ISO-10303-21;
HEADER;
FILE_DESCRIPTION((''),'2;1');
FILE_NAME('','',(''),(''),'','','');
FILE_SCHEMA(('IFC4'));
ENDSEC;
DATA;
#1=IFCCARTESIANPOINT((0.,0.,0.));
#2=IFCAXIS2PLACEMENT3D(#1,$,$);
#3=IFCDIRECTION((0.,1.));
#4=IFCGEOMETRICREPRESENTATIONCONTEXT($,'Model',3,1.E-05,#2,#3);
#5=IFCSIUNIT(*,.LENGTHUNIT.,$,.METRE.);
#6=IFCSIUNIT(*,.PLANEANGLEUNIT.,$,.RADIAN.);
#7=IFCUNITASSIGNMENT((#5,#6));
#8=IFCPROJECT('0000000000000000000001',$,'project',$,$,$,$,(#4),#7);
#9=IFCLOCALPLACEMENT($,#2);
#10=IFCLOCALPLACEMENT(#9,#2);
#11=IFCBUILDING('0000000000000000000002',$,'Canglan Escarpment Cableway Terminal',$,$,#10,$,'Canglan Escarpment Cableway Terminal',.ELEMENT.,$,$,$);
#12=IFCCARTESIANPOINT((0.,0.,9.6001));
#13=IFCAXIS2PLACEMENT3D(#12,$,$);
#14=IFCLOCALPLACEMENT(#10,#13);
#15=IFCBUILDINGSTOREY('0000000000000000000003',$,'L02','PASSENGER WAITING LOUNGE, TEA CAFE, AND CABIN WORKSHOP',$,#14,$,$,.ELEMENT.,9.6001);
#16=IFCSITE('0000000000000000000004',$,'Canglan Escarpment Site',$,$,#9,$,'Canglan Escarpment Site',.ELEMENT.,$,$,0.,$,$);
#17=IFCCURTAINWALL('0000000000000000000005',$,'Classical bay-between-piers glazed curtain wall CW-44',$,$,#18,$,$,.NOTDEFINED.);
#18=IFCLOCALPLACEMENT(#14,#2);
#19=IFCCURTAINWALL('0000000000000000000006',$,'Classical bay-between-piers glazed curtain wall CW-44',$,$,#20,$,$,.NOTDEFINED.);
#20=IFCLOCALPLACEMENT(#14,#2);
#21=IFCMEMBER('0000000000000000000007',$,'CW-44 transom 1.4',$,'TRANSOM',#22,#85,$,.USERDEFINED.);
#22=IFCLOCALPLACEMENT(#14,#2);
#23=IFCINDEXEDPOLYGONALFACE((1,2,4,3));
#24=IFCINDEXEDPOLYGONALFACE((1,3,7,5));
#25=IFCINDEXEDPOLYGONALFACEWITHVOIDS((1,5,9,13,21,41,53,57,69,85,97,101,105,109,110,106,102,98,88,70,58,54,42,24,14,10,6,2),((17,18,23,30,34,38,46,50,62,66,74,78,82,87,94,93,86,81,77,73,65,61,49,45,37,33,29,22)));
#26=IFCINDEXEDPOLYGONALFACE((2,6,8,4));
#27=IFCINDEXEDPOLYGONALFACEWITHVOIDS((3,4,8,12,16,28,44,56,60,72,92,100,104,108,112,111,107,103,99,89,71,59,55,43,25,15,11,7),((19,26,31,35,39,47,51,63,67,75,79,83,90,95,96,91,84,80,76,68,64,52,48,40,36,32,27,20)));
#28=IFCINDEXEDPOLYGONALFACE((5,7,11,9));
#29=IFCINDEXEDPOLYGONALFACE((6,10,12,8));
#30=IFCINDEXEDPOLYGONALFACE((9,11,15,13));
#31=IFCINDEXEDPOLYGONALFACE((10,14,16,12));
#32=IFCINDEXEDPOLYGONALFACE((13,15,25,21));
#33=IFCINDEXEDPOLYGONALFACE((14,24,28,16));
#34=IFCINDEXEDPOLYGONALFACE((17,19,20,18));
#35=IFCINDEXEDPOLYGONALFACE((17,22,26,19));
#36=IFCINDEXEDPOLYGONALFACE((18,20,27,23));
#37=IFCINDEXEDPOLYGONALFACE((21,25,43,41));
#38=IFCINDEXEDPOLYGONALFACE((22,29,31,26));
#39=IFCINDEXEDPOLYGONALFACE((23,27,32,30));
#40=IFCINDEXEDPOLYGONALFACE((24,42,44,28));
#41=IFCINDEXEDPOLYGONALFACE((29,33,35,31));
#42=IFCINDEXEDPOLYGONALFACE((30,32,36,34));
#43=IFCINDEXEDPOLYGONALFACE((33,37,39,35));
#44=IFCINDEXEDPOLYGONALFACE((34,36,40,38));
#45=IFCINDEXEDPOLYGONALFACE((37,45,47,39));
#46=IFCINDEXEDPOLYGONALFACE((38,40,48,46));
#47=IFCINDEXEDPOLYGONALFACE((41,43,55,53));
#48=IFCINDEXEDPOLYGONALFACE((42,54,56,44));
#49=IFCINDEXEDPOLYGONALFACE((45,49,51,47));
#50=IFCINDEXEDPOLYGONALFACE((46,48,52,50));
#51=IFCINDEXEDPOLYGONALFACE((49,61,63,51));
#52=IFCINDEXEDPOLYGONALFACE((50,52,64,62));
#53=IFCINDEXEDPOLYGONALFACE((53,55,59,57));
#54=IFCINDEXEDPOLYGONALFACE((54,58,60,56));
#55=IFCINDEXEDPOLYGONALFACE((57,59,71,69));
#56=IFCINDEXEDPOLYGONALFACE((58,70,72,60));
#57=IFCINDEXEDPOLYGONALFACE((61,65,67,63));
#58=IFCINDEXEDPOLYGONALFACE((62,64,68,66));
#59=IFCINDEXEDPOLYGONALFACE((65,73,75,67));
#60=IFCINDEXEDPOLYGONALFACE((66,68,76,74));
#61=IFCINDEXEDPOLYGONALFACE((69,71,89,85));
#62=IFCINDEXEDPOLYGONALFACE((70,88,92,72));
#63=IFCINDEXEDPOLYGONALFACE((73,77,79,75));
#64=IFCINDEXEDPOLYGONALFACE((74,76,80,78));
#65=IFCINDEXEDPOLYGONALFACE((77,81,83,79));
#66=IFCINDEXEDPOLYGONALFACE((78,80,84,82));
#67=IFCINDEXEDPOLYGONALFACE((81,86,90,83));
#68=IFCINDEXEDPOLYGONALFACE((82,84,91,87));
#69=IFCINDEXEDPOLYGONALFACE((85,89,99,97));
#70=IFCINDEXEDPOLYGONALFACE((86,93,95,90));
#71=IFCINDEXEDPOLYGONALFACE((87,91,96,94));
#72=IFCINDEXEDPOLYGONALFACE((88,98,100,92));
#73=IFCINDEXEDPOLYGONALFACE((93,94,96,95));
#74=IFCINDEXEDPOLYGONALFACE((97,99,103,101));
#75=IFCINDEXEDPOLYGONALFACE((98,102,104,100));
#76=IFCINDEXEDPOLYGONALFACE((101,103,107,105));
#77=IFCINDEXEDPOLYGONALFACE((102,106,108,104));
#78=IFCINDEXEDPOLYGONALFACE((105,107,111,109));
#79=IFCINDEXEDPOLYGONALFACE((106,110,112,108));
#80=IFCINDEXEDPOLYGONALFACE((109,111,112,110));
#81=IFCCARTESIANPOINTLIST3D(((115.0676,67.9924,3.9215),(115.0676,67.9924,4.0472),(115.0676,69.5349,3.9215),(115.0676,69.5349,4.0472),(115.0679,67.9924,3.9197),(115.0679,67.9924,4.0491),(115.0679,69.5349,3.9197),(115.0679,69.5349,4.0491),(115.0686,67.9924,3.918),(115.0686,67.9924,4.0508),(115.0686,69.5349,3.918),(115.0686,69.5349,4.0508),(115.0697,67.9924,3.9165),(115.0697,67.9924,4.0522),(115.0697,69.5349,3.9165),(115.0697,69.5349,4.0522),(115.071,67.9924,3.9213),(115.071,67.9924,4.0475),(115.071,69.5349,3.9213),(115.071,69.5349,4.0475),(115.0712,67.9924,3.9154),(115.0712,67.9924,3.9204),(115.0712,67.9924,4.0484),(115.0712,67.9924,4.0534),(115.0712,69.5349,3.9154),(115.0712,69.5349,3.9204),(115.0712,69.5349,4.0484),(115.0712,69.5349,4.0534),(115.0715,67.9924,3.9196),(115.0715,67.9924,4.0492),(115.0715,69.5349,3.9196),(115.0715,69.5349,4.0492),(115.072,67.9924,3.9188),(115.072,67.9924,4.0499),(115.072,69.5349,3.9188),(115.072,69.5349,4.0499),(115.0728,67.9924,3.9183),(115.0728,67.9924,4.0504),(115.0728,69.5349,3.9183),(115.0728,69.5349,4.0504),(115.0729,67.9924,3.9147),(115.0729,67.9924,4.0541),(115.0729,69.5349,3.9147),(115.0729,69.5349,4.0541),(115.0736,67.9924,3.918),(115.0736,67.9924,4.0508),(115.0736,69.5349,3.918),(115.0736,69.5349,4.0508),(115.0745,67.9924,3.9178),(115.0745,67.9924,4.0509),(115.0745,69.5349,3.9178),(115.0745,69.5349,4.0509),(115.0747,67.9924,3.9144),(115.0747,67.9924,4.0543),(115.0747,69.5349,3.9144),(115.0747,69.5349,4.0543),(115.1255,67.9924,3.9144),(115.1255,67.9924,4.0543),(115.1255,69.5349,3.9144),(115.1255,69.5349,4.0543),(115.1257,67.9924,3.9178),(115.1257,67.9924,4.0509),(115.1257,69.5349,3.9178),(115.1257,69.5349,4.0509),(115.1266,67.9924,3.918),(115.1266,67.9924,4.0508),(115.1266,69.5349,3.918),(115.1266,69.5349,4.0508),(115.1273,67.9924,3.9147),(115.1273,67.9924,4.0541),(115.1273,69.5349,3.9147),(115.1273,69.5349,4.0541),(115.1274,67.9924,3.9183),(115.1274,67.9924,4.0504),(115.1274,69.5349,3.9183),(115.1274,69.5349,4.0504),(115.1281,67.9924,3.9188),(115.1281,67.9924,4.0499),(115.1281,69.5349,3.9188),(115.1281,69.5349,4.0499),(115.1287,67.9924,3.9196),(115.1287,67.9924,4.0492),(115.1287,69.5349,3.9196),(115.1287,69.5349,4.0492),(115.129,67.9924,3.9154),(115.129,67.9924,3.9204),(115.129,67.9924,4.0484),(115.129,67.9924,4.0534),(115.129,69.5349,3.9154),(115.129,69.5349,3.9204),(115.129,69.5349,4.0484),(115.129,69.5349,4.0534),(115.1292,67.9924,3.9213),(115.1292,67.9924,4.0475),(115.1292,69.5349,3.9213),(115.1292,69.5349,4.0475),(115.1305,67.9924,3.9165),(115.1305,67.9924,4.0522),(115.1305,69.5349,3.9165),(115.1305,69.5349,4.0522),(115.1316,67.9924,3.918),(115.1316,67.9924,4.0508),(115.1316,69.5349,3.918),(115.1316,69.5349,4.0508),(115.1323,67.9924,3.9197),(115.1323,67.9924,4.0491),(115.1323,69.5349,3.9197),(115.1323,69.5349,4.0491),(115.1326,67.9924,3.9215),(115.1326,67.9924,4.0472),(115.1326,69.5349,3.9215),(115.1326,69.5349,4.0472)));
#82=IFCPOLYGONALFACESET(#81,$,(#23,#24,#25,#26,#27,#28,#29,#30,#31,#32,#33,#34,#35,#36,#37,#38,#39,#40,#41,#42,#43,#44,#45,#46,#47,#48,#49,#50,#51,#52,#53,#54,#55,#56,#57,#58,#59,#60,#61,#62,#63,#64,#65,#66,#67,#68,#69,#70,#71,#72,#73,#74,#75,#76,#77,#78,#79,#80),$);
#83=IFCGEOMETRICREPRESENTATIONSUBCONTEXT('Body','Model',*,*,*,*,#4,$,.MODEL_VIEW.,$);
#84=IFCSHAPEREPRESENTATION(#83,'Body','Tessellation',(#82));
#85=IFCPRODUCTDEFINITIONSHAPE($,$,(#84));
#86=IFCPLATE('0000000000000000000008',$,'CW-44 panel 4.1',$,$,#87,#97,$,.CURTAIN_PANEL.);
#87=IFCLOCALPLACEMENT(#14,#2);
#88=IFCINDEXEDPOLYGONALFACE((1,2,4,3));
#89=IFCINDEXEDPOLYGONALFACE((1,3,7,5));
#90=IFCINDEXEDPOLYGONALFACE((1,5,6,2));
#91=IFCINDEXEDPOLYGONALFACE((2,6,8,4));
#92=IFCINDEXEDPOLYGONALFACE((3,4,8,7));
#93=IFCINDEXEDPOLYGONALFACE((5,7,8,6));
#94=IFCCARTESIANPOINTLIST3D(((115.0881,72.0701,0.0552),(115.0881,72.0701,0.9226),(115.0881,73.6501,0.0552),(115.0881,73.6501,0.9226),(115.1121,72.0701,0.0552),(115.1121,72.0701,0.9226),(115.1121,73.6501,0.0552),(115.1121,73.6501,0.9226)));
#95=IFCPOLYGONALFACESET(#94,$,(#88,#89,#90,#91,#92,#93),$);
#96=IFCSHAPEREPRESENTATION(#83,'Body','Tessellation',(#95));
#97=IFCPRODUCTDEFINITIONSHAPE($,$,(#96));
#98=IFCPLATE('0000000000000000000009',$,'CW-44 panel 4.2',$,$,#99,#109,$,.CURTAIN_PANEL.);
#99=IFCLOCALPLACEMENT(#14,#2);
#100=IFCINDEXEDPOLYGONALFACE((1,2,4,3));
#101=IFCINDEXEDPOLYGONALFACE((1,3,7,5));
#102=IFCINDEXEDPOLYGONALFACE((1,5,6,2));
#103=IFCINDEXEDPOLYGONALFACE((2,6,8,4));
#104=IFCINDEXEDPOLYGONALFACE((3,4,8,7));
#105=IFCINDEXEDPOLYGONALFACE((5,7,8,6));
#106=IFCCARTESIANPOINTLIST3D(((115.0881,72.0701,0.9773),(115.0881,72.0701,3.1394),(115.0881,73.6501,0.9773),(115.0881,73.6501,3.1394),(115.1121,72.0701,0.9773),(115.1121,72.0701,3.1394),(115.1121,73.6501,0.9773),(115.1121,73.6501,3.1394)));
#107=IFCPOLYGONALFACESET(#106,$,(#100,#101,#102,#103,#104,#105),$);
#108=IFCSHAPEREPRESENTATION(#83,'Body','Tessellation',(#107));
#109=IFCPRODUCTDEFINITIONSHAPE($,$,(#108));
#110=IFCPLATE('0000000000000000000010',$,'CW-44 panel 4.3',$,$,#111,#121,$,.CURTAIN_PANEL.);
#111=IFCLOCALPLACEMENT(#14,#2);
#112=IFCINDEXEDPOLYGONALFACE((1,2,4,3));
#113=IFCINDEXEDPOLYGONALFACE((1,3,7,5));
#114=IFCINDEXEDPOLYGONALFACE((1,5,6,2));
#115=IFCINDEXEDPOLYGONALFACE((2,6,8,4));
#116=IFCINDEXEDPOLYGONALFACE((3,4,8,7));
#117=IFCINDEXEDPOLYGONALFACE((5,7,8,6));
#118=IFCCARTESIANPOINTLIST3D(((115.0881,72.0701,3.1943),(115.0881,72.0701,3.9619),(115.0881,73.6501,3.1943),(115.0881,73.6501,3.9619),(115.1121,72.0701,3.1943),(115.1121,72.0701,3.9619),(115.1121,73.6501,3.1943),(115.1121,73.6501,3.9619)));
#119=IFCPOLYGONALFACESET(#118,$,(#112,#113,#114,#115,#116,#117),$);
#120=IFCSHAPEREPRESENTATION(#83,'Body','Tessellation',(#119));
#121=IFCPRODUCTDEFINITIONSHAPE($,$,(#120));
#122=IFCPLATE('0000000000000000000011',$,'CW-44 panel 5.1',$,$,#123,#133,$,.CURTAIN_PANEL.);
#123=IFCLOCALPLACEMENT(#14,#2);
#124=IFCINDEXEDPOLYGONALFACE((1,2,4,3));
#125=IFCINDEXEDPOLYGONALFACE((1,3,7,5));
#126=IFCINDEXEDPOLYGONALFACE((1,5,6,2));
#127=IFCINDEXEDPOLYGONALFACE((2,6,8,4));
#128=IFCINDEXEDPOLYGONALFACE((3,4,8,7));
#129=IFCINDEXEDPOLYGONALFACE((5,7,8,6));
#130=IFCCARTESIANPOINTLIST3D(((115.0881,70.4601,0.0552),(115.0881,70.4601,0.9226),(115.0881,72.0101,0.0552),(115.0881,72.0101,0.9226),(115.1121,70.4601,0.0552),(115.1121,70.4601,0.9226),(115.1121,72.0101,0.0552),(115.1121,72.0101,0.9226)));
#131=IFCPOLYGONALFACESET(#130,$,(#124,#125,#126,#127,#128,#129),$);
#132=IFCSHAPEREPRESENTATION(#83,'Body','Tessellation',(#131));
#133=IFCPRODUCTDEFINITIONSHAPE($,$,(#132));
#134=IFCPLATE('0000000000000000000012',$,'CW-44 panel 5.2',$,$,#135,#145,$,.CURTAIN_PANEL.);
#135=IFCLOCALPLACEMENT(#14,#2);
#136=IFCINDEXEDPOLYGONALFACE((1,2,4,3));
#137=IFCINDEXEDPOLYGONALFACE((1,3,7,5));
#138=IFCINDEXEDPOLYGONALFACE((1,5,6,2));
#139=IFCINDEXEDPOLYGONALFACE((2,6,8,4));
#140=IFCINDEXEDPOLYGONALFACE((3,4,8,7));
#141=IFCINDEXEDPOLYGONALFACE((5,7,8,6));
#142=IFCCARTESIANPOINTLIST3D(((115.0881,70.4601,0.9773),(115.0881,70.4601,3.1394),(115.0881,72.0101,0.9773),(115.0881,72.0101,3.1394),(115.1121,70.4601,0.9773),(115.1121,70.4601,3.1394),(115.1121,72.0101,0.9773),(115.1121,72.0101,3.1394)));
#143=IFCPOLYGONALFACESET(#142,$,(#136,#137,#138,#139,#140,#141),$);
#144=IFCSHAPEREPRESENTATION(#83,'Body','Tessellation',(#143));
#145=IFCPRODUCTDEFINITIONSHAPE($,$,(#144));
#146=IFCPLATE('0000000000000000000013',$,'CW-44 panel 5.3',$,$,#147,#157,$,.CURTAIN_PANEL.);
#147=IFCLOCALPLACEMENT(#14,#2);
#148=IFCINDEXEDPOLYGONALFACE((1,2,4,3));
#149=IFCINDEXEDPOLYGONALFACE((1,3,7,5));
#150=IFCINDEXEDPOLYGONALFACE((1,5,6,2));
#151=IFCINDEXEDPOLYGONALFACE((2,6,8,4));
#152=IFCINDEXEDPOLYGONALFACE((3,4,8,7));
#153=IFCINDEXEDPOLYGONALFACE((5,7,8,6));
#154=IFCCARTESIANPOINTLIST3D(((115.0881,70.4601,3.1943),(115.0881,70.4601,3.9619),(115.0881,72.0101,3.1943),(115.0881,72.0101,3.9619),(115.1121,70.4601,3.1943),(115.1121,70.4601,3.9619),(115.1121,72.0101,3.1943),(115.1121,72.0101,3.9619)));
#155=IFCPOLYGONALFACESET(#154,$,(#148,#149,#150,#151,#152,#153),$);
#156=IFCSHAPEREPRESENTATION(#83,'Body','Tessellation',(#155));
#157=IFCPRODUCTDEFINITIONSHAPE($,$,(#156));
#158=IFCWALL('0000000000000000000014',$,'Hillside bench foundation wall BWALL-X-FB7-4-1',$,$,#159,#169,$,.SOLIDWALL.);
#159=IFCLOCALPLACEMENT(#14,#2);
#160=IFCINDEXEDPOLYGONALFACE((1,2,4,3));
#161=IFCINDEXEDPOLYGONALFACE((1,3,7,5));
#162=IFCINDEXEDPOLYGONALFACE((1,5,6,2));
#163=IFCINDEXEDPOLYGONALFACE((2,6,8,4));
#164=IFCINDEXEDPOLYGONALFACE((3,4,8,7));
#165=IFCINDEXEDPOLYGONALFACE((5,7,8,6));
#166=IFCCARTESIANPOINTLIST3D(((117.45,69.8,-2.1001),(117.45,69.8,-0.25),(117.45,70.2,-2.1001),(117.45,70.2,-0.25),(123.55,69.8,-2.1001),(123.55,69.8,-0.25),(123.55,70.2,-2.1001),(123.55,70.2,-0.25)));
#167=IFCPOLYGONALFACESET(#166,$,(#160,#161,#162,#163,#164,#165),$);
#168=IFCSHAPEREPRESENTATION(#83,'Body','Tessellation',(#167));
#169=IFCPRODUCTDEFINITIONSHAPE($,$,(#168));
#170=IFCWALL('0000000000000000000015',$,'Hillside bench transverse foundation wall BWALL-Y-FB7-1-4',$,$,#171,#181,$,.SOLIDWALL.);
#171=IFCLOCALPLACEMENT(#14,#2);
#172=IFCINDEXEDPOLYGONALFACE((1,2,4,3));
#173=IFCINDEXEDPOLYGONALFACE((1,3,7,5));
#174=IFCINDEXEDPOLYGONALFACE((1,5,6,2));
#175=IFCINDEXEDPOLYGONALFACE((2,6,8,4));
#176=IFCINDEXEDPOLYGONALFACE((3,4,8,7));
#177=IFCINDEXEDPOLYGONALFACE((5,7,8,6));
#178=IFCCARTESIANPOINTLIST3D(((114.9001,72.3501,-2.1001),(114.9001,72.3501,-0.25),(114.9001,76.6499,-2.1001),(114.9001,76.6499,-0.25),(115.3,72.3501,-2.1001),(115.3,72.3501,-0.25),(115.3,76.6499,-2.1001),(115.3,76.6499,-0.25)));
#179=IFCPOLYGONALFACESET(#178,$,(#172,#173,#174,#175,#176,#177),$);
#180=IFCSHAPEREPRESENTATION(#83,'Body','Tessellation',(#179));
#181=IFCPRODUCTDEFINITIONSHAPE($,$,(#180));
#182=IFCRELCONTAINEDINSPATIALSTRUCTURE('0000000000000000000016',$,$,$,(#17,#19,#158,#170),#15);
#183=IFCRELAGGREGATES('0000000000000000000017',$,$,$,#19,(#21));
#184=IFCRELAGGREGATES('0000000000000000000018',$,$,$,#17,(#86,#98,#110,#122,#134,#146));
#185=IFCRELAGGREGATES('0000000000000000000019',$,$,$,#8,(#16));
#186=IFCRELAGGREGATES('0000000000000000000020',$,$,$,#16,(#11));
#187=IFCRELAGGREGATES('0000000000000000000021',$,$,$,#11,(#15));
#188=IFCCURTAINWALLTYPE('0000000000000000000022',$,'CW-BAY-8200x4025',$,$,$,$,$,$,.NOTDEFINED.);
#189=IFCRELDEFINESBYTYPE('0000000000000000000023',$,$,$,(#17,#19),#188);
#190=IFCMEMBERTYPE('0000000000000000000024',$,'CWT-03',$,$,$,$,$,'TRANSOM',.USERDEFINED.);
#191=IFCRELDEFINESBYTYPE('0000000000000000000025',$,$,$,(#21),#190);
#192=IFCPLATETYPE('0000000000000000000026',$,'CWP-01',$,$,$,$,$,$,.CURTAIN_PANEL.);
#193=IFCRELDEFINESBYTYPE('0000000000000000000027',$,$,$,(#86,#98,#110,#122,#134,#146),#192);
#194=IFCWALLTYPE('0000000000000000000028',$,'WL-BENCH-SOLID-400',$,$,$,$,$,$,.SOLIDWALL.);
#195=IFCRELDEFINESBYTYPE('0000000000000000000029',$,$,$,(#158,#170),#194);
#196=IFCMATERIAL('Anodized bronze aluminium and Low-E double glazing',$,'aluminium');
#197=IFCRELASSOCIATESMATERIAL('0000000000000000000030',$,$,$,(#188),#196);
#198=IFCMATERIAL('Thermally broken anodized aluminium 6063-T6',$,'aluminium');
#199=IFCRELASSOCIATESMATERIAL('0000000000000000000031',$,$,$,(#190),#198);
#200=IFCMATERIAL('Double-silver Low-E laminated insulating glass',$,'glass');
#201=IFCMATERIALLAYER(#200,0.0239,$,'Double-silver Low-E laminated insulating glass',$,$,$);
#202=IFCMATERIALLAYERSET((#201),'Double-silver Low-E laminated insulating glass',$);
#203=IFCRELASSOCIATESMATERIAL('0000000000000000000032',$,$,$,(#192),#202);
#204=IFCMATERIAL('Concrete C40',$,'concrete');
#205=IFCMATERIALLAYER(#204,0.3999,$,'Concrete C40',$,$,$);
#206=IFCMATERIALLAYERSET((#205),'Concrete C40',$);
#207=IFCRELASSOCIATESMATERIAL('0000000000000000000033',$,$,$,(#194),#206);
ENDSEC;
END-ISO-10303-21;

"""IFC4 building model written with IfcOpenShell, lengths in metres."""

from ifc_helpers import new_model, si_unit, direction, frame, frame_2d, origin, origin_2d, place, context, subcontext, project, spatial, rectangle, hollow_rectangle, extrude, material, layer, layer_set, material_profile, profile_set, type_object, element, aggregate, save


model = new_model("IFC4")

# Units and contexts
model_context = context("Model", 3, precision=1e-05, world=origin(), true_north=direction((0.0, 1.0)))
body_context = subcontext(model_context, "Body", "Model", "MODEL_VIEW")
ifc_project = project(units=[si_unit("LENGTHUNIT", "METRE"), si_unit("PLANEANGLEUNIT", "RADIAN")], contexts=[model_context])

# Site, building, storey
site_placement = place(None, origin())
site = spatial("IfcSite", under=ifc_project, at=site_placement, Name="Canglan Escarpment Site", LongName="Canglan Escarpment Site", CompositionType="ELEMENT", RefElevation=0.0)
building_placement = place(site_placement, origin())
building = spatial("IfcBuilding", under=site, at=building_placement, Name="Canglan Escarpment Cableway Terminal", LongName="Canglan Escarpment Cableway Terminal", CompositionType="ELEMENT")
storey_placement = place(building_placement, frame((0.0, 0.0, 9.6001)))
storey = spatial("IfcBuildingStorey", under=building, at=storey_placement, Name="L02", Description="PASSENGER WAITING LOUNGE, TEA CAFE, AND CABIN WORKSHOP", CompositionType="ELEMENT", Elevation=9.6001)

# Shared definitions
ifc_material_1 = material(Name="Concrete C40", Category="concrete")

# Curtain wall
ifc_material_2 = material(Name="Anodized bronze aluminium and Low-E double glazing", Category="aluminium")
curtain_wall_type = type_object("IfcCurtainWallType", Name="CW-BAY-8200x4025", PredefinedType="NOTDEFINED", material=ifc_material_2)
curtain_wall_1_placement = place(storey_placement, origin())
curtain_wall_1 = element("IfcCurtainWall", 1, at=curtain_wall_1_placement, inside=storey, type_object=curtain_wall_type, Name="Classical bay-between-piers glazed curtain wall CW-44", PredefinedType="NOTDEFINED")
ifc_material_3 = material(Name="Thermally broken anodized aluminium 6063-T6", Category="aluminium")

# Curtain wall
curtain_wall_2_placement = place(storey_placement, origin())
curtain_wall_2 = element("IfcCurtainWall", 2, at=curtain_wall_2_placement, inside=storey, type_object=curtain_wall_type, Name="Classical bay-between-piers glazed curtain wall CW-44", PredefinedType="NOTDEFINED")

# Member
ifc_material_profile_1 = material_profile(ifc_material_3, hollow_rectangle(XDim=0.0649, YDim=0.1399, WallThickness=0.0034, InnerFilletRadius=0.0034, OuterFilletRadius=0.0071, at=origin_2d()), Name="ALU-TRAN 65x140x3.5")
ifc_profile_set_1 = profile_set([ifc_material_profile_1], Name="Thermally broken anodized aluminium 6063-T6")
member_type_1 = type_object("IfcMemberType", Name="CWT-03", ElementType="TRANSOM", PredefinedType="USERDEFINED", material=ifc_profile_set_1)
member_1_placement = place(storey_placement, frame((115.1001, 69.5349, 3.9844), z_axis=(0.0, -1.0, 0.0), x_axis=(1.0, 0.0, 0.0)))
member_1 = element("IfcMember", 3, at=member_1_placement, type_object=member_type_1, Name="CW-44 transom 1.4", ObjectType="TRANSOM", PredefinedType="USERDEFINED", context=body_context, shape_type="SweptSolid", body=[
    extrude(hollow_rectangle(XDim=0.0649, YDim=0.1399, WallThickness=0.0034, InnerFilletRadius=0.0034, OuterFilletRadius=0.0071, at=origin_2d()), origin(), (0.0, 0.0, 1.0), 1.5425),
])
aggregate(curtain_wall_2, [member_1])

# Plates
ifc_material_4 = material(Name="Double-silver Low-E laminated insulating glass", Category="glass")
ifc_layer_1 = layer(ifc_material_4, 0.0239, Name="Double-silver Low-E laminated insulating glass")
ifc_layer_set_1 = layer_set([ifc_layer_1], Name="Double-silver Low-E laminated insulating glass")
plate_type = type_object("IfcPlateType", Name="CWP-01", PredefinedType="CURTAIN_PANEL", material=ifc_layer_set_1)
plate_1_placement = place(storey_placement, frame((115.1001, 72.8601, 0.0552), z_axis=(0.0, 0.0, 1.0), x_axis=(0.0, -1.0, 0.0)))
plate_1 = element("IfcPlate", 4, at=plate_1_placement, type_object=plate_type, Name="CW-44 panel 4.1", PredefinedType="CURTAIN_PANEL", context=body_context, shape_type="SweptSolid", body=[
    extrude(rectangle(XDim=1.5801, YDim=0.0239, at=origin_2d()), origin(), (0.0, 0.0, 1.0), 0.8674),
])
plate_2_placement = place(storey_placement, frame((115.1001, 72.8601, 0.9773), z_axis=(0.0, 0.0, 1.0), x_axis=(0.0, -1.0, 0.0)))
plate_2 = element("IfcPlate", 5, at=plate_2_placement, type_object=plate_type, Name="CW-44 panel 4.2", PredefinedType="CURTAIN_PANEL", context=body_context, shape_type="SweptSolid", body=[
    extrude(rectangle(XDim=1.5801, YDim=0.0239, at=origin_2d()), origin(), (0.0, 0.0, 1.0), 2.1621),
])
plate_3_placement = place(storey_placement, frame((115.1001, 72.8601, 3.1943), z_axis=(0.0, 0.0, 1.0), x_axis=(0.0, -1.0, 0.0)))
plate_3 = element("IfcPlate", 6, at=plate_3_placement, type_object=plate_type, Name="CW-44 panel 4.3", PredefinedType="CURTAIN_PANEL", context=body_context, shape_type="SweptSolid", body=[
    extrude(rectangle(XDim=1.5801, YDim=0.0239, at=origin_2d()), origin(), (0.0, 0.0, 1.0), 0.7676),
])
plate_4_placement = place(storey_placement, frame((115.1001, 71.2351, 0.0552), z_axis=(0.0, 0.0, 1.0), x_axis=(0.0, -1.0, 0.0)))
plate_4 = element("IfcPlate", 7, at=plate_4_placement, type_object=plate_type, Name="CW-44 panel 5.1", PredefinedType="CURTAIN_PANEL", context=body_context, shape_type="SweptSolid", body=[
    extrude(rectangle(XDim=1.55, YDim=0.0239, at=origin_2d()), origin(), (0.0, 0.0, 1.0), 0.8674),
])
plate_5_placement = place(storey_placement, frame((115.1001, 71.2351, 0.9773), z_axis=(0.0, 0.0, 1.0), x_axis=(0.0, -1.0, 0.0)))
plate_5 = element("IfcPlate", 8, at=plate_5_placement, type_object=plate_type, Name="CW-44 panel 5.2", PredefinedType="CURTAIN_PANEL", context=body_context, shape_type="SweptSolid", body=[
    extrude(rectangle(XDim=1.55, YDim=0.0239, at=origin_2d()), origin(), (0.0, 0.0, 1.0), 2.1621),
])
plate_6_placement = place(storey_placement, frame((115.1001, 71.2351, 3.1943), z_axis=(0.0, 0.0, 1.0), x_axis=(0.0, -1.0, 0.0)))
plate_6 = element("IfcPlate", 9, at=plate_6_placement, type_object=plate_type, Name="CW-44 panel 5.3", PredefinedType="CURTAIN_PANEL", context=body_context, shape_type="SweptSolid", body=[
    extrude(rectangle(XDim=1.55, YDim=0.0239, at=origin_2d()), origin(), (0.0, 0.0, 1.0), 0.7676),
])
aggregate(curtain_wall_1, [plate_1, plate_2, plate_3, plate_4, plate_5, plate_6])

# Walls
ifc_layer_2 = layer(ifc_material_1, 0.3999, Name="Concrete C40")
ifc_layer_set_2 = layer_set([ifc_layer_2], Name="Concrete C40")
wall_type = type_object("IfcWallType", Name="WL-BENCH-SOLID-400", PredefinedType="SOLIDWALL", material=ifc_layer_set_2)
wall_1_placement = place(storey_placement, frame((117.45, 70.0, -2.1001), z_axis=(0.0, 0.0, 1.0), x_axis=(1.0, 0.0, 0.0)))
element("IfcWall", 10, at=wall_1_placement, inside=storey, type_object=wall_type, Name="Hillside bench foundation wall BWALL-X-FB7-4-1", PredefinedType="SOLIDWALL", context=body_context, shape_type="SweptSolid", body=[
    extrude(rectangle(XDim=6.1001, YDim=0.3999, at=frame_2d((3.05, 0.0))), origin(), (0.0, 0.0, 1.0), 1.8501),
])
wall_2_placement = place(storey_placement, frame((115.1001, 72.3501, -2.1001), z_axis=(0.0, 0.0, 1.0), x_axis=(0.0, 1.0, 0.0)))
element("IfcWall", 11, at=wall_2_placement, inside=storey, type_object=wall_type, Name="Hillside bench transverse foundation wall BWALL-Y-FB7-1-4", PredefinedType="SOLIDWALL", context=body_context, shape_type="SweptSolid", body=[
    extrude(rectangle(XDim=4.2998, YDim=0.3999, at=frame_2d((2.1499, 0.0))), origin(), (0.0, 0.0, 1.0), 1.8501),
])

save(model, "model.ifc")
